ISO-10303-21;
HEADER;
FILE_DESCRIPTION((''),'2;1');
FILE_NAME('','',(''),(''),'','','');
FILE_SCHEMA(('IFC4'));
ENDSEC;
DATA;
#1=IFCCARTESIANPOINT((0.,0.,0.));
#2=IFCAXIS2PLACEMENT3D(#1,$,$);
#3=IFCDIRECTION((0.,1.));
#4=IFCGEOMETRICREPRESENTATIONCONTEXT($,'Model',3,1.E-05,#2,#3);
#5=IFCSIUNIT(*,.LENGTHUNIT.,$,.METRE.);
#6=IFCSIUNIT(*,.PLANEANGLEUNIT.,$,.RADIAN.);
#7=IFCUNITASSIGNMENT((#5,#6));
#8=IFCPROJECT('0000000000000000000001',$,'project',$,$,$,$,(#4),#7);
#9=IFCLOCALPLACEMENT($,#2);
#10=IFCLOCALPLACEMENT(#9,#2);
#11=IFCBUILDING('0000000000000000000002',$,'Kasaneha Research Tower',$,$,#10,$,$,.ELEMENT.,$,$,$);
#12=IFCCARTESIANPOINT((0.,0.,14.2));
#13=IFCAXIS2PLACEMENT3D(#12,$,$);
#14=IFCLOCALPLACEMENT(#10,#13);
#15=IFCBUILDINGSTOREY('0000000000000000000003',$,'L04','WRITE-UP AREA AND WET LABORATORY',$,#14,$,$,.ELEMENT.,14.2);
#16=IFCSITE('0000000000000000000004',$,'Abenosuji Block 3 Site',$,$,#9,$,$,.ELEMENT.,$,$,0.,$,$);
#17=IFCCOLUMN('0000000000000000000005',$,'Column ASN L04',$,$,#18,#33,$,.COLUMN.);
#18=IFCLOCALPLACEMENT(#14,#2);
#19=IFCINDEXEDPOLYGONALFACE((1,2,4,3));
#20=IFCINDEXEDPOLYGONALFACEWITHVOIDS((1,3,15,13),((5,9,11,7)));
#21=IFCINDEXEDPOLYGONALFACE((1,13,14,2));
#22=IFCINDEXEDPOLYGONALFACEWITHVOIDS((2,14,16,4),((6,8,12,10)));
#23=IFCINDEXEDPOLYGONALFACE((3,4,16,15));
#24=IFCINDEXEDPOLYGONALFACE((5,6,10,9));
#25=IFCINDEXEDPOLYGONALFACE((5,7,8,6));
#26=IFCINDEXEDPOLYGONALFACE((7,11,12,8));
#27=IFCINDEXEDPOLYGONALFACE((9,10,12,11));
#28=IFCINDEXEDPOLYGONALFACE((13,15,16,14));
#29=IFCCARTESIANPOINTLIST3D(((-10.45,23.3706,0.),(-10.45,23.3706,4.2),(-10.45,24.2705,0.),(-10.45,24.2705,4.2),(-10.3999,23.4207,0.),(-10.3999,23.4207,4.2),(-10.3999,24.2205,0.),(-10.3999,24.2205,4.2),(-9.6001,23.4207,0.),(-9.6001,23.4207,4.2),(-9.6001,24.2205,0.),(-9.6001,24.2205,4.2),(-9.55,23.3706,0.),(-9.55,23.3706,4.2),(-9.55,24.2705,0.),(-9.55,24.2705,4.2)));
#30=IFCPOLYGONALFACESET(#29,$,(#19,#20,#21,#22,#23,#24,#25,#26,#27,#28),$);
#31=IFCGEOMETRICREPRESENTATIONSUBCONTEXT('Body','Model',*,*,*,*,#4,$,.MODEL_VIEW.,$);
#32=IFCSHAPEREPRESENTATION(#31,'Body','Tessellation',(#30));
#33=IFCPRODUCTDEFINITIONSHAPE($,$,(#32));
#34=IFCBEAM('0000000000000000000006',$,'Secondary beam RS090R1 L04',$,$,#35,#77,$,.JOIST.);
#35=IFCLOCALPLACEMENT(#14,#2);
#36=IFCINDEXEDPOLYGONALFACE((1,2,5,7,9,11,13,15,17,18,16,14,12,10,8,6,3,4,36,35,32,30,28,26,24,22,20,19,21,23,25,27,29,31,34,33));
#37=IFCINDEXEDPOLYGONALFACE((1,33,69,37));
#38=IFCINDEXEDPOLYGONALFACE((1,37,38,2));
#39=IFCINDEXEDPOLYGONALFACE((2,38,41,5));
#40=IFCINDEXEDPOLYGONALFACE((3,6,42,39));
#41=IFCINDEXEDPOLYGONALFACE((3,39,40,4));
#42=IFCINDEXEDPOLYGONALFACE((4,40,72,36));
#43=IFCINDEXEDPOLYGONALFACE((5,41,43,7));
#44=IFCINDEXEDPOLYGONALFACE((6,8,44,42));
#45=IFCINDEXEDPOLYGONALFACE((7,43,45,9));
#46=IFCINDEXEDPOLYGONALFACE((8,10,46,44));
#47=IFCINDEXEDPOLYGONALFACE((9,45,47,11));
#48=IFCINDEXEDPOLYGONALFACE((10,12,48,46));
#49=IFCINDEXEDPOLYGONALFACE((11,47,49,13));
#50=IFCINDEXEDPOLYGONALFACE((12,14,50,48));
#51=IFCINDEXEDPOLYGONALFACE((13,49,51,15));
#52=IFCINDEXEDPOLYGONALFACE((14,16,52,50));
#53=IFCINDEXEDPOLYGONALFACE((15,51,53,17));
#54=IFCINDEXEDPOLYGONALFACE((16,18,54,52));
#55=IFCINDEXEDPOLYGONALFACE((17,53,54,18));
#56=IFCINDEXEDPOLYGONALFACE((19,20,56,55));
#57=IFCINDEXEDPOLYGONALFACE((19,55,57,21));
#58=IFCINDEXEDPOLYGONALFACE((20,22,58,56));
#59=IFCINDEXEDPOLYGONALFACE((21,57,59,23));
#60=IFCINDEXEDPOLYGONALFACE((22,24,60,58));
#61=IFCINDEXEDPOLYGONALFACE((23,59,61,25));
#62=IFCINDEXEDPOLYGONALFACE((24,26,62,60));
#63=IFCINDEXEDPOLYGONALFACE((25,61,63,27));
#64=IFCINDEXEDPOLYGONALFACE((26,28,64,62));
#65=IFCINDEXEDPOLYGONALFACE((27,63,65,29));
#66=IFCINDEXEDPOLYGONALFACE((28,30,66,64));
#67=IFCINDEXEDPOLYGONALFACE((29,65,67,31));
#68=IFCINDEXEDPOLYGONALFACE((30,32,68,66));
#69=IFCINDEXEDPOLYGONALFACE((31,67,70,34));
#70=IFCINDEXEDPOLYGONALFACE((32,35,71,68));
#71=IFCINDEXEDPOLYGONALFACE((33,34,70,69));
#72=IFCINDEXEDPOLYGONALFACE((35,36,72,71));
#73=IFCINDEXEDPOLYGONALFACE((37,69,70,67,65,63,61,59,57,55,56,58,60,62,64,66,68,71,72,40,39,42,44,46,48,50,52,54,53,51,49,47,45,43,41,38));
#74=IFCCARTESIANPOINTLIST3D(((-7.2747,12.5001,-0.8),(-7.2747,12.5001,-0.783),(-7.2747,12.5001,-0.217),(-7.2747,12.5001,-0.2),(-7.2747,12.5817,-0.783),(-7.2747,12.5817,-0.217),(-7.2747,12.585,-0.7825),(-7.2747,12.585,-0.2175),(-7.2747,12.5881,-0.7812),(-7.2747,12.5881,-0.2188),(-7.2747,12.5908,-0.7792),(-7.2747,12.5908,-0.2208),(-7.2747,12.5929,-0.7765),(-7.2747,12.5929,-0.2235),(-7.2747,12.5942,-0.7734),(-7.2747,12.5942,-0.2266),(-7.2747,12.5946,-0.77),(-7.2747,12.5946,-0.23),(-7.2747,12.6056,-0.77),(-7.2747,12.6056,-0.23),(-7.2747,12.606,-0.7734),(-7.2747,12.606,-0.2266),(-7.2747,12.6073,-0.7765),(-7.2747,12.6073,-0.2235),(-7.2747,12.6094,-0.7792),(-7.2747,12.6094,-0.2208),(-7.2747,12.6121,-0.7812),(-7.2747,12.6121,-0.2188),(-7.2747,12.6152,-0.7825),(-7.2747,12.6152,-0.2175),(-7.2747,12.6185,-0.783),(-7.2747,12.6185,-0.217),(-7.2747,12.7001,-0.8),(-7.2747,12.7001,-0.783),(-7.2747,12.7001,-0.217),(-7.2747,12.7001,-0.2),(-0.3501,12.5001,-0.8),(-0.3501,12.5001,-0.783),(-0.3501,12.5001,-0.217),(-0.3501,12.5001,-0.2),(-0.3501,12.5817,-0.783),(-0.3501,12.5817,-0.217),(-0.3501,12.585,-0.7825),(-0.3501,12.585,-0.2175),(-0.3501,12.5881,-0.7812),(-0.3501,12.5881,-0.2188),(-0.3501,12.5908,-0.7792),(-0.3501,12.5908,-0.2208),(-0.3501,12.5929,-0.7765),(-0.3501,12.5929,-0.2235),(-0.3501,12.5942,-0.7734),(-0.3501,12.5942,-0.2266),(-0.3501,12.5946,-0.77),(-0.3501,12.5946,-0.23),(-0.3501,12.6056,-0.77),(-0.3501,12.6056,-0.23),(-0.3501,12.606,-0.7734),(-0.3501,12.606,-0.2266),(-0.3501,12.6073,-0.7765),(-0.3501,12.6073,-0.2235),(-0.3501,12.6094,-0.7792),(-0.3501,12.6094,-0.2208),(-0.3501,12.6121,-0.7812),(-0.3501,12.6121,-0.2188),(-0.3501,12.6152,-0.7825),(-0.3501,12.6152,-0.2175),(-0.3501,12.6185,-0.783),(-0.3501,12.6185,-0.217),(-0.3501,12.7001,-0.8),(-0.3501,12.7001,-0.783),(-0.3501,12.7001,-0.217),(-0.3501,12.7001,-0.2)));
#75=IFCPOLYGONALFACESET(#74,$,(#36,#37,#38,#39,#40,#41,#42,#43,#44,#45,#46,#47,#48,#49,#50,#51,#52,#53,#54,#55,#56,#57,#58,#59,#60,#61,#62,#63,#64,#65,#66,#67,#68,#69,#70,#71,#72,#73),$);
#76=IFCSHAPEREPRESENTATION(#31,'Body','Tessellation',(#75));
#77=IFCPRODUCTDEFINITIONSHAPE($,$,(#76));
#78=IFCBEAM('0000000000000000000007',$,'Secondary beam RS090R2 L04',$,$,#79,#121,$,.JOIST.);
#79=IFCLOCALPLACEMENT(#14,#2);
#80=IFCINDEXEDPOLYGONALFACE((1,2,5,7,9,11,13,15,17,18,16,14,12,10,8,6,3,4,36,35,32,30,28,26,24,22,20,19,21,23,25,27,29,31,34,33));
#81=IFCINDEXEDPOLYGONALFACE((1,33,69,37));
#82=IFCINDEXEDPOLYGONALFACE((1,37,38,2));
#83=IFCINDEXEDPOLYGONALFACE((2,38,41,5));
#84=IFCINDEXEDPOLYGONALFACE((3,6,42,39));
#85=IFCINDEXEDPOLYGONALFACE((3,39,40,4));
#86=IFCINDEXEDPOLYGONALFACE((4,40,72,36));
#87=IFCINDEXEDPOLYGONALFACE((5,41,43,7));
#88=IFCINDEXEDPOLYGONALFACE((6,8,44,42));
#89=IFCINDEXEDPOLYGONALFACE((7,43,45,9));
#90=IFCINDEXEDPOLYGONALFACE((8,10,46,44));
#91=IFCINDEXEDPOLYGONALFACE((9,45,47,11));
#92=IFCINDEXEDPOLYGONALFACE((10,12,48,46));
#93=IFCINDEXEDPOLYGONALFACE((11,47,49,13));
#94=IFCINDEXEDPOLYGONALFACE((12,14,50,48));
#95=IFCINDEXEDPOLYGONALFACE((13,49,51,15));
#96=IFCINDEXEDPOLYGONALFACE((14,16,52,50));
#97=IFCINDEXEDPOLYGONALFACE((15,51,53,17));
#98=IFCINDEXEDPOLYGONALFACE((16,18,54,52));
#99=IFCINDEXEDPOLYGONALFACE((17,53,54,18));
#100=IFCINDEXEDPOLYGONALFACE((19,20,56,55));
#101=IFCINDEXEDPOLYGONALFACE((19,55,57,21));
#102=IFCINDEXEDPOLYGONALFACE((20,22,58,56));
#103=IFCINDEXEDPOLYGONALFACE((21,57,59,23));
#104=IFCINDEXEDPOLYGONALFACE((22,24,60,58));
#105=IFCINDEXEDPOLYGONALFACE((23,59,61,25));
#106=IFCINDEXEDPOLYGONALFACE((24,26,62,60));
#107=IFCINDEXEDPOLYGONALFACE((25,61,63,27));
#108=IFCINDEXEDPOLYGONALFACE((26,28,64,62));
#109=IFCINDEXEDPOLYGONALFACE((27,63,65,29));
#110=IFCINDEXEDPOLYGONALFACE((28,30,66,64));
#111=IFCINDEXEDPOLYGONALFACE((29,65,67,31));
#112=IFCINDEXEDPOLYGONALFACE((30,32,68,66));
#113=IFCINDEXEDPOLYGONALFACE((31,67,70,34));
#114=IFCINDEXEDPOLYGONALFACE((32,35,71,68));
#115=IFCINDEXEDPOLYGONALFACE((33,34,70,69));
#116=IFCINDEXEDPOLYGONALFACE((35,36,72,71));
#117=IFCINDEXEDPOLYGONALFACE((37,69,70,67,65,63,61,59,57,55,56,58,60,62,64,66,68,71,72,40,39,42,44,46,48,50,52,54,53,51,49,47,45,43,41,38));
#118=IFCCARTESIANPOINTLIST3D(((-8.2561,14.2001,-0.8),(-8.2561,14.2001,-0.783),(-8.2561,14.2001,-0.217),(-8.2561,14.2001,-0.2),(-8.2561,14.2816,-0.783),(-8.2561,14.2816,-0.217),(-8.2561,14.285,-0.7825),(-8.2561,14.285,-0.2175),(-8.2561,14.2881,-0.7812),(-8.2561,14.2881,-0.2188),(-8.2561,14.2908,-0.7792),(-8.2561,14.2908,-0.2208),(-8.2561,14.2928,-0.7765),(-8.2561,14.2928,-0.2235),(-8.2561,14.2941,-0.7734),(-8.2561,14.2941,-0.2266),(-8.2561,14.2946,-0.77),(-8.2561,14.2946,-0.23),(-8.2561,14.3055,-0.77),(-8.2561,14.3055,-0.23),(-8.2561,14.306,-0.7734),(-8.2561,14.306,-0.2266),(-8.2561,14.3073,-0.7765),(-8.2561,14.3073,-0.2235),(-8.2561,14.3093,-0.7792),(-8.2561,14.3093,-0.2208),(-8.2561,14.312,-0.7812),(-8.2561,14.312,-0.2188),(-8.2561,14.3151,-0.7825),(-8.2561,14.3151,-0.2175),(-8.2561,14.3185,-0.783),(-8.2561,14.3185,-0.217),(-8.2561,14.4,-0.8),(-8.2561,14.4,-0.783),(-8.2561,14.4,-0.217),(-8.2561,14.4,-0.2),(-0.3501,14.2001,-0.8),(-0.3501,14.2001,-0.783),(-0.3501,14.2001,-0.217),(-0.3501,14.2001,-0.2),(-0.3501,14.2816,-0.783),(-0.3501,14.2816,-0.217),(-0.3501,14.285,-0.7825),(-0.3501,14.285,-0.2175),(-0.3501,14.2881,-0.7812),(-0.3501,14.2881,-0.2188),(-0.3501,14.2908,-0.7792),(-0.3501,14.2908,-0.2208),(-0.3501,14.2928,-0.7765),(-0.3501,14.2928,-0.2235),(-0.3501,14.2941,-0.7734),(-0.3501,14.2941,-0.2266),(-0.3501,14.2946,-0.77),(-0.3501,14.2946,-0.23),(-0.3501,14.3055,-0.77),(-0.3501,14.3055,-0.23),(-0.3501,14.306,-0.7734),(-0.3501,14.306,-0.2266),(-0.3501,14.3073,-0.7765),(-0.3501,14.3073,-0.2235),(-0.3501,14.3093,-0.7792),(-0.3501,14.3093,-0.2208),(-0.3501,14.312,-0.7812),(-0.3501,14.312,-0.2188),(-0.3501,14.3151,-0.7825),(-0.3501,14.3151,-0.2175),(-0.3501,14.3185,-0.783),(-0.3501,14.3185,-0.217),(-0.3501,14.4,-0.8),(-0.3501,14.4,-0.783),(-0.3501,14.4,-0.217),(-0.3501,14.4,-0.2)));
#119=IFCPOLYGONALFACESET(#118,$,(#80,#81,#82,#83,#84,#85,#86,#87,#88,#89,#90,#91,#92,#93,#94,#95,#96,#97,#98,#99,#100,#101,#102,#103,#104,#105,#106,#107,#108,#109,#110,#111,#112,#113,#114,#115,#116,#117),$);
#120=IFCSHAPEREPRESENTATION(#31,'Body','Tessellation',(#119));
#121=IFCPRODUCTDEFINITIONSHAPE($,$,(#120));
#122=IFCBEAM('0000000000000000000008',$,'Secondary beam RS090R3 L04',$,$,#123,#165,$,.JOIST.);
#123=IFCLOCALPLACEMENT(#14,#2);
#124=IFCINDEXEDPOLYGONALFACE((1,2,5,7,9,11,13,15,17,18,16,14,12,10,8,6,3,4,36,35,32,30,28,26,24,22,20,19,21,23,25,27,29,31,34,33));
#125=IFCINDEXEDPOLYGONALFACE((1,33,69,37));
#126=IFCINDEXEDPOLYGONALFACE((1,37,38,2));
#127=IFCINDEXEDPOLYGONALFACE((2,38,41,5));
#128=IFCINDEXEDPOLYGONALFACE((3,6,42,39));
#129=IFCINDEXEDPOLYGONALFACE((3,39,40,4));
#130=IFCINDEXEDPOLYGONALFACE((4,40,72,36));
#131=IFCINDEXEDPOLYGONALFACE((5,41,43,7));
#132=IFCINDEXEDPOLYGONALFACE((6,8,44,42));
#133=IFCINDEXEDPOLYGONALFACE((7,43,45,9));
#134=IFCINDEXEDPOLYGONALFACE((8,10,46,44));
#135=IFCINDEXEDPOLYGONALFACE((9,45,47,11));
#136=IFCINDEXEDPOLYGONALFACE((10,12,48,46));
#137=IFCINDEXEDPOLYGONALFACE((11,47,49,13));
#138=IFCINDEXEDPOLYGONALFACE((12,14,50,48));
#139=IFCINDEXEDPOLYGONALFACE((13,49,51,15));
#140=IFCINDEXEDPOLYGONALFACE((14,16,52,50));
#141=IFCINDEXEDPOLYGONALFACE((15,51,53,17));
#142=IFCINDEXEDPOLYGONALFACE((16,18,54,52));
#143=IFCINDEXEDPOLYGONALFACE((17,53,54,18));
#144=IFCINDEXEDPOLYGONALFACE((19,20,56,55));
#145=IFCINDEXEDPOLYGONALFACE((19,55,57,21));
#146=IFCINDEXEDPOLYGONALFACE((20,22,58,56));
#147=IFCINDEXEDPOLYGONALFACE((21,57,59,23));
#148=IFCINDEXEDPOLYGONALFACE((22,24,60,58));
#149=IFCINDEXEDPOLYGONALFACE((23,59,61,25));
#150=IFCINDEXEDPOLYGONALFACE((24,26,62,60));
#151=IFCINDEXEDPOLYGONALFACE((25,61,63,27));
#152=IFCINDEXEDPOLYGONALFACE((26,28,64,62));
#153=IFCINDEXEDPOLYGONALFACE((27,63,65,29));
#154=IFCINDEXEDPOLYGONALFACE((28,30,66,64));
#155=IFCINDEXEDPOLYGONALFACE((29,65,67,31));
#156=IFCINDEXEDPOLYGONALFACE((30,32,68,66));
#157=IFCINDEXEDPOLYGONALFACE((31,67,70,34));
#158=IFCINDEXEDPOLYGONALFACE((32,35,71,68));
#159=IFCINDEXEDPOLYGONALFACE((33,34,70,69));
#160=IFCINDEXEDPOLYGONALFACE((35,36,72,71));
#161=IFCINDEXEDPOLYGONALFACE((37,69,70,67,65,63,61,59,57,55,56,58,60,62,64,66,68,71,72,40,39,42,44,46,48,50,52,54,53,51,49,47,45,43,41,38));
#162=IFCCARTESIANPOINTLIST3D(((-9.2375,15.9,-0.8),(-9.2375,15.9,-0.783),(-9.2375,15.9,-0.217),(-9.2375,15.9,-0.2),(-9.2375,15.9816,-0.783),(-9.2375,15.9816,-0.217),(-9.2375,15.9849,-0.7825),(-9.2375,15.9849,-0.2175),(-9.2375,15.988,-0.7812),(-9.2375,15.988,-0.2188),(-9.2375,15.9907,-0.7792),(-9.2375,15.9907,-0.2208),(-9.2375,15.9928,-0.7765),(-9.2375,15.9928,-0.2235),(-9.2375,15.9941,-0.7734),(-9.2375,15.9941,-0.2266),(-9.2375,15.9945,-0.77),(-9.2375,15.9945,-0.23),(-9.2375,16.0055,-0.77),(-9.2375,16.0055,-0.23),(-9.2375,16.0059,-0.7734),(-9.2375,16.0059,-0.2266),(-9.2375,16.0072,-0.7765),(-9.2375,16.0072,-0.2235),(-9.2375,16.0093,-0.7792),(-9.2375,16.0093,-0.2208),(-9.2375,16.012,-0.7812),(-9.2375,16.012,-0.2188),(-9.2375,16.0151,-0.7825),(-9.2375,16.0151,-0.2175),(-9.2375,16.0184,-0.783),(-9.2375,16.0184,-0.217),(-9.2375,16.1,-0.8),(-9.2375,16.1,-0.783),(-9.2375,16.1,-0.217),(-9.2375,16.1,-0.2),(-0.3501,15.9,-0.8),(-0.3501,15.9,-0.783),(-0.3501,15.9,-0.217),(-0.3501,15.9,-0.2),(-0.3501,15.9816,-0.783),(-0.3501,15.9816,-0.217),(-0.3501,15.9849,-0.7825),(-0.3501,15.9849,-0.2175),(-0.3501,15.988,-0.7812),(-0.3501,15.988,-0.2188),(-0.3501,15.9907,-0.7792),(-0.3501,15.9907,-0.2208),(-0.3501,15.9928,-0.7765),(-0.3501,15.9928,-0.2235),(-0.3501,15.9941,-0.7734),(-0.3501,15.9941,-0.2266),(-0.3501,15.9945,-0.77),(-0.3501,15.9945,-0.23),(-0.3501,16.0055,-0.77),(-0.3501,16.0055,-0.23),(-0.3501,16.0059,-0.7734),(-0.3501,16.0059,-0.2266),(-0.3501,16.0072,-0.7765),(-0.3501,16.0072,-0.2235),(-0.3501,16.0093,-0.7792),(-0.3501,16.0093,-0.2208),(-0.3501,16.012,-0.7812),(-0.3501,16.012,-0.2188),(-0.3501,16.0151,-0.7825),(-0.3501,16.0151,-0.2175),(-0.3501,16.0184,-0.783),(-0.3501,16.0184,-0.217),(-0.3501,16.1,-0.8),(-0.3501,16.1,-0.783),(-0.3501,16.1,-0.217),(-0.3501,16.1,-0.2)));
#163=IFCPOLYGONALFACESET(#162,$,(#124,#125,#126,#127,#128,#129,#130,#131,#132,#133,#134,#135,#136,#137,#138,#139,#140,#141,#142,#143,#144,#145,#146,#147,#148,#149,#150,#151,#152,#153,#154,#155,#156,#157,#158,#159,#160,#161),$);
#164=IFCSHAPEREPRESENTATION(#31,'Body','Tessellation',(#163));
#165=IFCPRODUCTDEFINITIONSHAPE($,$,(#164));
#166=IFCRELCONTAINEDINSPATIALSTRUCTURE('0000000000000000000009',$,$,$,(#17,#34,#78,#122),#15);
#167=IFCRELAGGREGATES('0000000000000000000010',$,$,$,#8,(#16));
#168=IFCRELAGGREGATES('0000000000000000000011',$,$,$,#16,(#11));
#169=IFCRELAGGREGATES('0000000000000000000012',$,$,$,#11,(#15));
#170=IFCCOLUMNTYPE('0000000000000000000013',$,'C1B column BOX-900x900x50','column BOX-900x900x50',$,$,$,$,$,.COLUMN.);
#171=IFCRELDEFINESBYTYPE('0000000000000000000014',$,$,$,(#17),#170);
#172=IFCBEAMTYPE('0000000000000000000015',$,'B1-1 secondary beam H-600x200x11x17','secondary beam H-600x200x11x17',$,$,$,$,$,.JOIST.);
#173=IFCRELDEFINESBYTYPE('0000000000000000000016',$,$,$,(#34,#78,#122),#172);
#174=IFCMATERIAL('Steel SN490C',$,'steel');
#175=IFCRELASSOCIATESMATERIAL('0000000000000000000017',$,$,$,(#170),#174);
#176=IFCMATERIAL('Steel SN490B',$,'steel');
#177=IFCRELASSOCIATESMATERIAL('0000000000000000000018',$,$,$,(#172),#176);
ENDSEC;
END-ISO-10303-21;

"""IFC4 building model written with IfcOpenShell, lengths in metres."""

from ifc_helpers import new_model, si_unit, direction, frame, origin, origin_2d, place, context, subcontext, project, spatial, hollow_rectangle, i_section, extrude, material, material_profile, profile_set, type_object, element, save


model = new_model("IFC4")

# Units and contexts
model_context = context("Model", 3, precision=1e-05, world=origin(), true_north=direction((0.0, 1.0)))
body_context = subcontext(model_context, "Body", "Model", "MODEL_VIEW")
ifc_project = project(units=[si_unit("LENGTHUNIT", "METRE"), si_unit("PLANEANGLEUNIT", "RADIAN")], contexts=[model_context])

# Site, building, storey
site_placement = place(None, origin())
site = spatial("IfcSite", under=ifc_project, at=site_placement, Name="Abenosuji Block 3 Site", CompositionType="ELEMENT", RefElevation=0.0)
building_placement = place(site_placement, origin())
building = spatial("IfcBuilding", under=site, at=building_placement, Name="Kasaneha Research Tower", CompositionType="ELEMENT")
storey_placement = place(building_placement, frame((0.0, 0.0, 14.2)))
storey = spatial("IfcBuildingStorey", under=building, at=storey_placement, Name="L04", Description="WRITE-UP AREA AND WET LABORATORY", CompositionType="ELEMENT", Elevation=14.2)

# Column
ifc_material_1 = material(Name="Steel SN490C", Category="steel")
ifc_material_profile_1 = material_profile(ifc_material_1, hollow_rectangle(XDim=0.8999, YDim=0.8999, WallThickness=0.05, at=origin_2d()), Name="BOX-900x900x50")
ifc_profile_set_1 = profile_set([ifc_material_profile_1], Name="Steel SN490C")
column_type = type_object("IfcColumnType", Name="C1B column BOX-900x900x50", Description="column BOX-900x900x50", PredefinedType="COLUMN", material=ifc_profile_set_1)
column_placement = place(storey_placement, frame((-10.0, 23.8206, 0.0), z_axis=(0.0, 0.0, 1.0), x_axis=(1.0, 0.0, 0.0)))
element("IfcColumn", 1, at=column_placement, inside=storey, type_object=column_type, Name="Column ASN L04", PredefinedType="COLUMN", context=body_context, shape_type="SweptSolid", body=[
    extrude(hollow_rectangle(XDim=0.8999, YDim=0.8999, WallThickness=0.05, at=origin_2d()), origin(), (0.0, 0.0, 1.0), 4.2),
])

# Beams
ifc_material_2 = material(Name="Steel SN490B", Category="steel")
ifc_material_profile_2 = material_profile(ifc_material_2, i_section(OverallWidth=0.2, OverallDepth=0.6001, WebThickness=0.011, FlangeThickness=0.0171, FilletRadius=0.0129, at=origin_2d()), Name="H-600x200x11x17")
ifc_profile_set_2 = profile_set([ifc_material_profile_2], Name="Steel SN490B")
beam_type_1 = type_object("IfcBeamType", Name="B1-1 secondary beam H-600x200x11x17", Description="secondary beam H-600x200x11x17", PredefinedType="JOIST", material=ifc_profile_set_2)
beam_1_placement = place(storey_placement, frame((-7.2747, 12.6001, -0.5), z_axis=(1.0, 0.0, 0.0), x_axis=(0.0, 1.0, 0.0)))
element("IfcBeam", 2, at=beam_1_placement, inside=storey, type_object=beam_type_1, Name="Secondary beam RS090R1 L04", PredefinedType="JOIST", context=body_context, shape_type="SweptSolid", body=[
    extrude(i_section(OverallWidth=0.2, OverallDepth=0.6001, WebThickness=0.011, FlangeThickness=0.0171, FilletRadius=0.0129, at=origin_2d()), origin(), (0.0, 0.0, 1.0), 6.9246),
])
beam_2_placement = place(storey_placement, frame((-8.2561, 14.3, -0.5), z_axis=(1.0, 0.0, 0.0), x_axis=(0.0, 1.0, 0.0)))
element("IfcBeam", 3, at=beam_2_placement, inside=storey, type_object=beam_type_1, Name="Secondary beam RS090R2 L04", PredefinedType="JOIST", context=body_context, shape_type="SweptSolid", body=[
    extrude(i_section(OverallWidth=0.2, OverallDepth=0.6001, WebThickness=0.011, FlangeThickness=0.0171, FilletRadius=0.0129, at=origin_2d()), origin(), (0.0, 0.0, 1.0), 7.906),
])
beam_3_placement = place(storey_placement, frame((-9.2375, 16.0, -0.5), z_axis=(1.0, 0.0, 0.0), x_axis=(0.0, 1.0, 0.0)))
element("IfcBeam", 4, at=beam_3_placement, inside=storey, type_object=beam_type_1, Name="Secondary beam RS090R3 L04", PredefinedType="JOIST", context=body_context, shape_type="SweptSolid", body=[
    extrude(i_section(OverallWidth=0.2, OverallDepth=0.6001, WebThickness=0.011, FlangeThickness=0.0171, FilletRadius=0.0129, at=origin_2d()), origin(), (0.0, 0.0, 1.0), 8.8875),
])

save(model, "model.ifc")
